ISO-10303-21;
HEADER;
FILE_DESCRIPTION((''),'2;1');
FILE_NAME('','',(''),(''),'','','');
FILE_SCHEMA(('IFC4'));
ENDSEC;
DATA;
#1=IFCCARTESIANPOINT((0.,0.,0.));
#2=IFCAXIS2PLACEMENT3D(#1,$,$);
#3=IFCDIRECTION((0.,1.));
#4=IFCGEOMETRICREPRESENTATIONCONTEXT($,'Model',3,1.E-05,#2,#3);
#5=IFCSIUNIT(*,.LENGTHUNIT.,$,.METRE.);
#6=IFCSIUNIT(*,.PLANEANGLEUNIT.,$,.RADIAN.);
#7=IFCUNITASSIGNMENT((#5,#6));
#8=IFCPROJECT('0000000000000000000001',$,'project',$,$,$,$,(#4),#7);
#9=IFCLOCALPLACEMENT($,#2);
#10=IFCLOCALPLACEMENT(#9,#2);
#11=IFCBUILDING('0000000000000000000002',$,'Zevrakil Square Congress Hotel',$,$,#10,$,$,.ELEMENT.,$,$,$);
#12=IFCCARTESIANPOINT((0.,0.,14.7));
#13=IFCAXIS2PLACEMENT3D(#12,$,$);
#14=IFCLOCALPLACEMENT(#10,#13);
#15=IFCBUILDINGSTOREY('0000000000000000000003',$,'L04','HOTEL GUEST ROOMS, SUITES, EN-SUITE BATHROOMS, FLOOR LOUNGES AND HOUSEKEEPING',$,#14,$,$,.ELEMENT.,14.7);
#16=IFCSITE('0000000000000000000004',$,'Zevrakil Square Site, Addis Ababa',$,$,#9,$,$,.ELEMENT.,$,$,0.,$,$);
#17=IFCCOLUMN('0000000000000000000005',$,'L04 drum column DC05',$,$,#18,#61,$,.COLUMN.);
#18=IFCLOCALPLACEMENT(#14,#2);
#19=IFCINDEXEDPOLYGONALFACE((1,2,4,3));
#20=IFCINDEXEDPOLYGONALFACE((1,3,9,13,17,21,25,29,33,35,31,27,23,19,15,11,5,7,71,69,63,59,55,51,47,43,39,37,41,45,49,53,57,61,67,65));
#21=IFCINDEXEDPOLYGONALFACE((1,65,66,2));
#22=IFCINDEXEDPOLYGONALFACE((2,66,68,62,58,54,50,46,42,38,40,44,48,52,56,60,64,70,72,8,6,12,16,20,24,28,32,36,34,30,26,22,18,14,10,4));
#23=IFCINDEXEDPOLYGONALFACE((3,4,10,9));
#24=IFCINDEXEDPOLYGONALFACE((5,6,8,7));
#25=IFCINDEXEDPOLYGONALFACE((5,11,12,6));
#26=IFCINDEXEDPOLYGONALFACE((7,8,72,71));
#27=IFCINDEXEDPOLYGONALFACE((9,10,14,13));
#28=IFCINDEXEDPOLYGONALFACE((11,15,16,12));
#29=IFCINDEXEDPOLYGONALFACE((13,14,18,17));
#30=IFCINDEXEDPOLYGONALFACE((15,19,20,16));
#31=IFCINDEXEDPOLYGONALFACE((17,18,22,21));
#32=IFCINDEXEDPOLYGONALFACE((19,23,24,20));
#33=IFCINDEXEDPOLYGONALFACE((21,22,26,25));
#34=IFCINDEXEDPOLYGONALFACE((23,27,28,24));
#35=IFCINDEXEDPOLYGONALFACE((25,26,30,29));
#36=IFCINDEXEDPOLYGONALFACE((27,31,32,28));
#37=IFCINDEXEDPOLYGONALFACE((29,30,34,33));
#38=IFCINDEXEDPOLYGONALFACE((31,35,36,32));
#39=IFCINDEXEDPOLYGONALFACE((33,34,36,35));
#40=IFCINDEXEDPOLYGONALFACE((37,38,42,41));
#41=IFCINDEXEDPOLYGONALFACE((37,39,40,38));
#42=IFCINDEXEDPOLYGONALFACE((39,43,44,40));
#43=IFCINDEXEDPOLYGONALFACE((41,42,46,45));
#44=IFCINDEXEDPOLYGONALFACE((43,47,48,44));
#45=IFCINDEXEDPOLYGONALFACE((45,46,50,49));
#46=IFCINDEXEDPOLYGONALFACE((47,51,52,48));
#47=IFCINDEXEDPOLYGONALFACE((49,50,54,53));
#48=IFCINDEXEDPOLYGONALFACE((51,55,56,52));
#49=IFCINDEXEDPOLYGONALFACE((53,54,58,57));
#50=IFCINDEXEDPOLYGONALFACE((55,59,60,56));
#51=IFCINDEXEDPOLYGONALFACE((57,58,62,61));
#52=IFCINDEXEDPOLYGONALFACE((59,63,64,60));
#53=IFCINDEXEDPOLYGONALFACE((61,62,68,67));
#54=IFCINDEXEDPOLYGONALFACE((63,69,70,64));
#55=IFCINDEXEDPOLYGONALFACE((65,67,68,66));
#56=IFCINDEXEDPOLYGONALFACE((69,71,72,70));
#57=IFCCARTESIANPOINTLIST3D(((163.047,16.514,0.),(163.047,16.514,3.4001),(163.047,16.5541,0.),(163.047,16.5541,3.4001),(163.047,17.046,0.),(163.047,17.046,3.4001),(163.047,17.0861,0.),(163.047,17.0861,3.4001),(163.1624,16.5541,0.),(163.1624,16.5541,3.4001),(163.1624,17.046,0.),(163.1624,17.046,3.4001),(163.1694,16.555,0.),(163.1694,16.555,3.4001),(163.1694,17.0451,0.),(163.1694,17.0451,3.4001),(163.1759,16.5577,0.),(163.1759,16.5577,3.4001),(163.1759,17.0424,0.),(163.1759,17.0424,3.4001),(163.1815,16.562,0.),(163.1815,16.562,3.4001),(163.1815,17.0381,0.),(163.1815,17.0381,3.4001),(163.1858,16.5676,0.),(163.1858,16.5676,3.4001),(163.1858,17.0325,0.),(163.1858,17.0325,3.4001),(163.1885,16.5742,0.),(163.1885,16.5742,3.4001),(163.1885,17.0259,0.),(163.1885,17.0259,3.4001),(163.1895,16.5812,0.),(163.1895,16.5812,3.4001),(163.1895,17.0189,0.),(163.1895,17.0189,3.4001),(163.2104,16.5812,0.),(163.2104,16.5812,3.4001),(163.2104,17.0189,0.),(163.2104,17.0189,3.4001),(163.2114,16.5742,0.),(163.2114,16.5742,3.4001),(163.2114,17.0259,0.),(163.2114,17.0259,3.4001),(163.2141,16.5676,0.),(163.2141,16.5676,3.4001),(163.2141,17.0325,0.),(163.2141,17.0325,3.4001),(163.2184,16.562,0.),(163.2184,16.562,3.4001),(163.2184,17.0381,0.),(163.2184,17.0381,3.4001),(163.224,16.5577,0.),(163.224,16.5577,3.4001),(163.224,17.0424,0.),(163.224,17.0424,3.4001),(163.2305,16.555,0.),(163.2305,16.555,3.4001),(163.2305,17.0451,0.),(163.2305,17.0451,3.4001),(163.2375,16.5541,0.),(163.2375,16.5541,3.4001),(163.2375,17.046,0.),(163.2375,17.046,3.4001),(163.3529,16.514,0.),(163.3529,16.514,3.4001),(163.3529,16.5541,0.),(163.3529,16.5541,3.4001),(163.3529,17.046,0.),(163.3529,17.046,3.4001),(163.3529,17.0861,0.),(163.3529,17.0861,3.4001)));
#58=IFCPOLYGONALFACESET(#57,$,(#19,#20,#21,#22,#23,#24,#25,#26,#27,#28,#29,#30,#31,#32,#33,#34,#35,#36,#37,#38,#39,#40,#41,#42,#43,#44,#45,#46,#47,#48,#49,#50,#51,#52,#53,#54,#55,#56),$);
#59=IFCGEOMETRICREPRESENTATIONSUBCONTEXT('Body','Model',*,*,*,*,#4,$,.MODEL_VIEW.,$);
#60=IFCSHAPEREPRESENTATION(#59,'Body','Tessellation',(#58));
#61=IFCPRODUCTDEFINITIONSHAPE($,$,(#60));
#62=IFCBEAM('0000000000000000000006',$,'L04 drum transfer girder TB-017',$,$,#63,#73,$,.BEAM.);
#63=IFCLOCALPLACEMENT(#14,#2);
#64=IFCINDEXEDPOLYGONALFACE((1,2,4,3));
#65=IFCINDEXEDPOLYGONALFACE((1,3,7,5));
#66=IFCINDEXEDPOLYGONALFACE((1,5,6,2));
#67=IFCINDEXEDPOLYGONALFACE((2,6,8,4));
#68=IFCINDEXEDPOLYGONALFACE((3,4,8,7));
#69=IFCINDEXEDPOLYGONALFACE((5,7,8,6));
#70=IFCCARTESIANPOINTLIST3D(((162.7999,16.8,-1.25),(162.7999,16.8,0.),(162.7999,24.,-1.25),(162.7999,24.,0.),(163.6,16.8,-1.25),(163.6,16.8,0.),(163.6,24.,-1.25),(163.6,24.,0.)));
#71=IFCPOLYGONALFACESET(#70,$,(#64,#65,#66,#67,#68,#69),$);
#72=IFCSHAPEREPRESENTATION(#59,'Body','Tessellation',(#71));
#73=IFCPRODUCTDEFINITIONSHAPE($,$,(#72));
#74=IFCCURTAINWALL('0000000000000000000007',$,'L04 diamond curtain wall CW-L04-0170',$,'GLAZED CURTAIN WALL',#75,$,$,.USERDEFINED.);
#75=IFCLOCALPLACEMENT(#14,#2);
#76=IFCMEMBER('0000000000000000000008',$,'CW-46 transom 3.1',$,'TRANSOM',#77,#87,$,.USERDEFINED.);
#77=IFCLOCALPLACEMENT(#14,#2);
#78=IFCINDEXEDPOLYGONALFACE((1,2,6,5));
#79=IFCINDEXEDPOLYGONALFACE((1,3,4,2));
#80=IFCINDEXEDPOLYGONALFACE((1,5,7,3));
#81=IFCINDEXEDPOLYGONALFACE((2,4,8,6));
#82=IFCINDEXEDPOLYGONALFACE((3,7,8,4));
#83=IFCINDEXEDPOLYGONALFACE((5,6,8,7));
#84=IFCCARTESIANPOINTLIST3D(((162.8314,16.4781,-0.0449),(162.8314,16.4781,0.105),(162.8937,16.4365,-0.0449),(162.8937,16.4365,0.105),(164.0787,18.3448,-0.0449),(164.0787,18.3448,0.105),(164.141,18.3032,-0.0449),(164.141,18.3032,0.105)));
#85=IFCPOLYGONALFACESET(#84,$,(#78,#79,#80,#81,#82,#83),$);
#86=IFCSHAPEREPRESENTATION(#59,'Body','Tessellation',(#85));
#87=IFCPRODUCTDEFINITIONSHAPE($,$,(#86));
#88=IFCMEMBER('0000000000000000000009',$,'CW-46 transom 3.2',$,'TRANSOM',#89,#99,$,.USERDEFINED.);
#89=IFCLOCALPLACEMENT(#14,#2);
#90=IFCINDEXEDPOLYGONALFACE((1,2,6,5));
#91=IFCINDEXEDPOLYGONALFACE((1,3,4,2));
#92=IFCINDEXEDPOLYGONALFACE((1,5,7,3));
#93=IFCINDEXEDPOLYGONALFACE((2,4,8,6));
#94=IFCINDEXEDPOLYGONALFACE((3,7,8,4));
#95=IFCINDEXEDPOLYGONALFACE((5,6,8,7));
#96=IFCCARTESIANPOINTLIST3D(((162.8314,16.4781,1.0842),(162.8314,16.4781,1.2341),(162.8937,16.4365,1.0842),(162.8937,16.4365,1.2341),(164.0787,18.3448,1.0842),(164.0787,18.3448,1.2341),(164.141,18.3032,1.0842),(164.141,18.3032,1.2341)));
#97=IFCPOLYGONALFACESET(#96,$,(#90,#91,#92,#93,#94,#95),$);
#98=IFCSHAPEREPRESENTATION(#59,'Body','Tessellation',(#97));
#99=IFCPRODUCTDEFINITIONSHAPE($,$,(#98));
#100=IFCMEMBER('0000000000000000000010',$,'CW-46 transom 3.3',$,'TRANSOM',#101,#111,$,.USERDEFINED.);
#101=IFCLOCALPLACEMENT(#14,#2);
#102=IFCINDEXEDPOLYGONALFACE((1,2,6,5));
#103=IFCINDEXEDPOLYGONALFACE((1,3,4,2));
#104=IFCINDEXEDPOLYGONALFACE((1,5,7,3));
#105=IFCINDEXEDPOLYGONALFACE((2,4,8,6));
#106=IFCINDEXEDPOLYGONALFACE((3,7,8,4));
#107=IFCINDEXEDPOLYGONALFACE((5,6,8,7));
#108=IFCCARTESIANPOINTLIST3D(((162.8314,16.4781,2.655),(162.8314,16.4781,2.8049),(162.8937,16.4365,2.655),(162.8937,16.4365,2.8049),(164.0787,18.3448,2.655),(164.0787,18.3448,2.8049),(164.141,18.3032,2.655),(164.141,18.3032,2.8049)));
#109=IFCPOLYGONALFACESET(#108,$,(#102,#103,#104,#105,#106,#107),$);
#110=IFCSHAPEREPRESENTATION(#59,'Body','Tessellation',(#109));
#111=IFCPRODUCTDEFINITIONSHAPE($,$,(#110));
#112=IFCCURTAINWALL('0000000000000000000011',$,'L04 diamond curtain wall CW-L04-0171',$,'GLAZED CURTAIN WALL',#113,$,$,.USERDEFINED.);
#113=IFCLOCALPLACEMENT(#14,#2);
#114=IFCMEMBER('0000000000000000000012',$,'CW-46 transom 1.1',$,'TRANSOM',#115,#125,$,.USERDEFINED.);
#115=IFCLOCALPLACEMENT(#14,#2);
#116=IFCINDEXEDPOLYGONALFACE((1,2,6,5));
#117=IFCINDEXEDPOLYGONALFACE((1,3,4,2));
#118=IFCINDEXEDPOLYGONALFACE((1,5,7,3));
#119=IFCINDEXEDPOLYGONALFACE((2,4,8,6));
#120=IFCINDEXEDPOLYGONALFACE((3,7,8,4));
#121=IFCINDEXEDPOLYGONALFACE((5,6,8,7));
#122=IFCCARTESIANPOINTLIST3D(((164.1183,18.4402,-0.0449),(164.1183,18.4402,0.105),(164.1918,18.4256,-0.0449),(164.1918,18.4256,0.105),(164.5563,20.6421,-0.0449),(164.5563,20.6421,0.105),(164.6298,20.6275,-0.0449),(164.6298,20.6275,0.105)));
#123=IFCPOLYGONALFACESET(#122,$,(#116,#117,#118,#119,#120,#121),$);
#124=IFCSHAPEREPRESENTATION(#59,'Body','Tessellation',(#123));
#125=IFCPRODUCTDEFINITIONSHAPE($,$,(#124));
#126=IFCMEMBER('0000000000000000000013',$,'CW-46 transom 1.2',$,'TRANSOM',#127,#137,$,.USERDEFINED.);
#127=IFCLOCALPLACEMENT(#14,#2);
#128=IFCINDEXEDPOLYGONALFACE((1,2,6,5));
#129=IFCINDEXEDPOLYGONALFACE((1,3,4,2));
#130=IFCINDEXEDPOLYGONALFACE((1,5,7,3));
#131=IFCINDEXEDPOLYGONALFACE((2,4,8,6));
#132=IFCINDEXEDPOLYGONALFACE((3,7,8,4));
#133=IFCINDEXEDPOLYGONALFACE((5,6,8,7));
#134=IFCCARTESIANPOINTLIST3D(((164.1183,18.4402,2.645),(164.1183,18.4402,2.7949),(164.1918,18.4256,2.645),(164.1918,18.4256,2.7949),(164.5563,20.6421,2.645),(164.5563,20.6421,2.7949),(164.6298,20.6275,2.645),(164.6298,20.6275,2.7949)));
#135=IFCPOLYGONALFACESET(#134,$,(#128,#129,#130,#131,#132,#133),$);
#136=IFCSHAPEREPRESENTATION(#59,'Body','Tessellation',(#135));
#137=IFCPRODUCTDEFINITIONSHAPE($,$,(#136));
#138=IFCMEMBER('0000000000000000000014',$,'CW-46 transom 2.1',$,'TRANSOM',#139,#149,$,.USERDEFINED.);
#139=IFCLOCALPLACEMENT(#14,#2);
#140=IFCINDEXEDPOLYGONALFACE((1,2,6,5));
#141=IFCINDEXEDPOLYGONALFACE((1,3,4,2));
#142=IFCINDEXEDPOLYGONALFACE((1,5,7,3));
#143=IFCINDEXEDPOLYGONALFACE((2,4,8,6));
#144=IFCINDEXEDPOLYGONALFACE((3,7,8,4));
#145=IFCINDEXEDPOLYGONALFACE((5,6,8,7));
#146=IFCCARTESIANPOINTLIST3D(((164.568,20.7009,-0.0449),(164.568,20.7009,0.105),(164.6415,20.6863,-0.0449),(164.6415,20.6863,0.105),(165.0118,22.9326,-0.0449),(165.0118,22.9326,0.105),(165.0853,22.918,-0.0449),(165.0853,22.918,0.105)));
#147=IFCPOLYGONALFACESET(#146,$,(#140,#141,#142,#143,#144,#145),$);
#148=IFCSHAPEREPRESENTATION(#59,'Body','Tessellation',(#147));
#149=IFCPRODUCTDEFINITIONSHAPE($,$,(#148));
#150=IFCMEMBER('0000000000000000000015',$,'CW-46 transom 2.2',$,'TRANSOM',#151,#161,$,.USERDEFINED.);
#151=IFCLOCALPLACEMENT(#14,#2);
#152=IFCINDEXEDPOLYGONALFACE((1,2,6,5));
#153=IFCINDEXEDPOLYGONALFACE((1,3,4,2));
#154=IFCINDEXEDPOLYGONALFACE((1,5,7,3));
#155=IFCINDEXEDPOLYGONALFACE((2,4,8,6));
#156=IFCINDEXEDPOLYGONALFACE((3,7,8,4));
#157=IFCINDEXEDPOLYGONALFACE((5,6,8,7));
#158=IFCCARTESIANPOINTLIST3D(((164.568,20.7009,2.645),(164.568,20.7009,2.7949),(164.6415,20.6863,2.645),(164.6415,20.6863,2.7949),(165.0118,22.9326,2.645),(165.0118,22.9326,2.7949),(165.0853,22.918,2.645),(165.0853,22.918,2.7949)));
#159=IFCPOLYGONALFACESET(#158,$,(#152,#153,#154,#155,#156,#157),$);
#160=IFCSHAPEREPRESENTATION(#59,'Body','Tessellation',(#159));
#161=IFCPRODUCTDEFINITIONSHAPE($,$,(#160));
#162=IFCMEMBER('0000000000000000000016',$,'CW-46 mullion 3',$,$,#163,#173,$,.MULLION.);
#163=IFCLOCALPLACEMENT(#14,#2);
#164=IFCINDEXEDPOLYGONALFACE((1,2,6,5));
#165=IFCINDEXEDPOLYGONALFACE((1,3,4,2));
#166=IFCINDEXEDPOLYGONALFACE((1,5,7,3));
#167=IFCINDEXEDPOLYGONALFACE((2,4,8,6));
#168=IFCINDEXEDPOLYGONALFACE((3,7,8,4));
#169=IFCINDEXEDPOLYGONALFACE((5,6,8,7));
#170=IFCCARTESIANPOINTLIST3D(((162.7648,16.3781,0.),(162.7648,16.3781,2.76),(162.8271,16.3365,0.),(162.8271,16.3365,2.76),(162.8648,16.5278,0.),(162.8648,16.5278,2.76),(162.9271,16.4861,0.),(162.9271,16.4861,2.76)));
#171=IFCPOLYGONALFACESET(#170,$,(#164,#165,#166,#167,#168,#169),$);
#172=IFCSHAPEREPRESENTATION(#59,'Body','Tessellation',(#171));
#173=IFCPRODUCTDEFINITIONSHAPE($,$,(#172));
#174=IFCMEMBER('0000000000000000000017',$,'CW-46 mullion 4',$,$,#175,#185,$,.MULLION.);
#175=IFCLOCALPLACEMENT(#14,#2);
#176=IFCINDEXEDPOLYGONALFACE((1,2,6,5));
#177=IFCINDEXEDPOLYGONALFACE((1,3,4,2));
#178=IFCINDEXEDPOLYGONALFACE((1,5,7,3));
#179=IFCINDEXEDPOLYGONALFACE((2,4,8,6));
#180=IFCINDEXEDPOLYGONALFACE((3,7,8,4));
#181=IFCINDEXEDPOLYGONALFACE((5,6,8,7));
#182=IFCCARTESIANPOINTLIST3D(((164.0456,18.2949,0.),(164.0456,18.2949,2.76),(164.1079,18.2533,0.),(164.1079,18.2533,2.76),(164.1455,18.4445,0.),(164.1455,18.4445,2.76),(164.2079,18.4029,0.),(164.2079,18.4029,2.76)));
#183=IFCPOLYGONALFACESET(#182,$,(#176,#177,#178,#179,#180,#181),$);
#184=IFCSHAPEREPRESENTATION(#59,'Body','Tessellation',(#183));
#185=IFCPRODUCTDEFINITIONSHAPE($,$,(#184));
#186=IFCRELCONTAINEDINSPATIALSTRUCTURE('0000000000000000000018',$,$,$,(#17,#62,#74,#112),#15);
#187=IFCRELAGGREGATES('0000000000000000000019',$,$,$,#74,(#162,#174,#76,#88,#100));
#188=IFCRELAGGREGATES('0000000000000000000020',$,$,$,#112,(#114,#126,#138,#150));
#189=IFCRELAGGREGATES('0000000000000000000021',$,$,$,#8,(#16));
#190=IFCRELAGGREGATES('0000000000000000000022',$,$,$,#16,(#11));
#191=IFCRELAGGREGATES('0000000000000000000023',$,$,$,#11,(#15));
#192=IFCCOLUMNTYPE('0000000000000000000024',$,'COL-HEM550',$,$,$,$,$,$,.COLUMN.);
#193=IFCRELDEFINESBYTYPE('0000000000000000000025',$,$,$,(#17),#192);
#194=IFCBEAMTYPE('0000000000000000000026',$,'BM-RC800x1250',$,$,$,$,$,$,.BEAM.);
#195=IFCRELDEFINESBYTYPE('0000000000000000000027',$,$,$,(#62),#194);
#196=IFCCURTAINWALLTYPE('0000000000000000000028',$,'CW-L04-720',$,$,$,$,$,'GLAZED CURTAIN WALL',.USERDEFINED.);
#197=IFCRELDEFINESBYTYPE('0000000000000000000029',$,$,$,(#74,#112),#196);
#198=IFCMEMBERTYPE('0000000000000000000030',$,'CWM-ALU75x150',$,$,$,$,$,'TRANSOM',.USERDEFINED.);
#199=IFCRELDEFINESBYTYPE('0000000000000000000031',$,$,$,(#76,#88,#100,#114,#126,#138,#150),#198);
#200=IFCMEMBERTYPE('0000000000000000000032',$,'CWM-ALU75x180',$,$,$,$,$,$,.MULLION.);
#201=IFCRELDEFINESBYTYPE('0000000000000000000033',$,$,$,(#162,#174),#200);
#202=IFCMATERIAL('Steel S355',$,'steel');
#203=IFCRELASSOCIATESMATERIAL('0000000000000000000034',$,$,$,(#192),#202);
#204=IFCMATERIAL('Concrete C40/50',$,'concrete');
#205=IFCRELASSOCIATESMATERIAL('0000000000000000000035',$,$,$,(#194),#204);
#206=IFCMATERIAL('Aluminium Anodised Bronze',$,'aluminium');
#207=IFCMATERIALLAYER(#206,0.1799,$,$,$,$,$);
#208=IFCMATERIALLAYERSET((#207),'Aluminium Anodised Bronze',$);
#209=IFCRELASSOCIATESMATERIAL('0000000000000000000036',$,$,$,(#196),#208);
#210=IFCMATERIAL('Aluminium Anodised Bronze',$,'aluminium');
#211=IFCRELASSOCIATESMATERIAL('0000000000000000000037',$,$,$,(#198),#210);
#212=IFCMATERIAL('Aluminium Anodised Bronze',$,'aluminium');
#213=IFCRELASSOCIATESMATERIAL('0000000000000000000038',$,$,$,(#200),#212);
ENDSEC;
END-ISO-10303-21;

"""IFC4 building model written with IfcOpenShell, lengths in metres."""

from ifc_helpers import new_model, si_unit, direction, frame, origin, origin_2d, place, context, subcontext, project, spatial, rectangle, i_section, extrude, material, layer, layer_set, material_profile, profile_set, type_object, element, aggregate, save


model = new_model("IFC4")

# Units and contexts
model_context = context("Model", 3, precision=1e-05, world=origin(), true_north=direction((0.0, 1.0)))
body_context = subcontext(model_context, "Body", "Model", "MODEL_VIEW")
ifc_project = project(units=[si_unit("LENGTHUNIT", "METRE"), si_unit("PLANEANGLEUNIT", "RADIAN")], contexts=[model_context])

# Site, building, storey
site_placement = place(None, origin())
site = spatial("IfcSite", under=ifc_project, at=site_placement, Name="Zevrakil Square Site, Addis Ababa", CompositionType="ELEMENT", RefElevation=0.0)
building_placement = place(site_placement, origin())
building = spatial("IfcBuilding", under=site, at=building_placement, Name="Zevrakil Square Congress Hotel", CompositionType="ELEMENT")
storey_placement = place(building_placement, frame((0.0, 0.0, 14.7)))
storey = spatial("IfcBuildingStorey", under=building, at=storey_placement, Name="L04", Description="HOTEL GUEST ROOMS, SUITES, EN-SUITE BATHROOMS, FLOOR LOUNGES AND HOUSEKEEPING", CompositionType="ELEMENT", Elevation=14.7)

# Column
ifc_material_1 = material(Name="Steel S355", Category="steel")
ifc_material_profile_1 = material_profile(ifc_material_1, i_section(OverallWidth=0.3059, OverallDepth=0.572, WebThickness=0.021, FlangeThickness=0.04, FilletRadius=0.0271, at=origin_2d()), Name="HEM 550")
ifc_profile_set_1 = profile_set([ifc_material_profile_1], Name="Steel S355")
column_type = type_object("IfcColumnType", Name="COL-HEM550", PredefinedType="COLUMN", material=ifc_profile_set_1)
column_placement = place(storey_placement, frame((163.2, 16.8, 0.0), z_axis=(0.0, 0.0, 1.0), x_axis=(1.0, 0.0, 0.0)))
element("IfcColumn", 1, at=column_placement, inside=storey, type_object=column_type, Name="L04 drum column DC05", PredefinedType="COLUMN", context=body_context, shape_type="SweptSolid", body=[
    extrude(i_section(OverallWidth=0.3059, OverallDepth=0.572, WebThickness=0.021, FlangeThickness=0.04, FilletRadius=0.0271, at=origin_2d()), origin(), (0.0, 0.0, 1.0), 3.4001),
])

# Beam
ifc_material_2 = material(Name="Concrete C40/50", Category="concrete")
ifc_material_profile_2 = material_profile(ifc_material_2, rectangle(XDim=0.8, YDim=1.25, at=origin_2d()), Name="RC 800x1250")
ifc_profile_set_2 = profile_set([ifc_material_profile_2], Name="Concrete C40/50")
beam_type = type_object("IfcBeamType", Name="BM-RC800x1250", PredefinedType="BEAM", material=ifc_profile_set_2)
beam_placement = place(storey_placement, frame((163.2, 16.8, -0.625), z_axis=(0.0, 1.0, 0.0), x_axis=(-1.0, 0.0, 0.0)))
element("IfcBeam", 2, at=beam_placement, inside=storey, type_object=beam_type, Name="L04 drum transfer girder TB-017", PredefinedType="BEAM", context=body_context, shape_type="SweptSolid", body=[
    extrude(rectangle(XDim=0.8, YDim=1.25, at=origin_2d()), origin(), (0.0, 0.0, 1.0), 7.2),
])

# Curtain walls, members
ifc_material_3 = material(Name="Aluminium Anodised Bronze", Category="aluminium")
ifc_layer_1 = layer(ifc_material_3, 0.1799)
ifc_layer_set_1 = layer_set([ifc_layer_1], Name="Aluminium Anodised Bronze")
curtain_wall_type = type_object("IfcCurtainWallType", Name="CW-L04-720", ElementType="GLAZED CURTAIN WALL", PredefinedType="USERDEFINED", material=ifc_layer_set_1)
curtain_wall_1_placement = place(storey_placement, origin())
curtain_wall_1 = element("IfcCurtainWall", 3, at=curtain_wall_1_placement, inside=storey, type_object=curtain_wall_type, Name="L04 diamond curtain wall CW-L04-0170", ObjectType="GLAZED CURTAIN WALL", PredefinedType="USERDEFINED")
ifc_material_4 = material(Name="Aluminium Anodised Bronze", Category="aluminium")
ifc_material_profile_3 = material_profile(ifc_material_4, rectangle(XDim=0.075, YDim=0.1499, at=origin_2d()), Name="ALU 75x150")
ifc_profile_set_3 = profile_set([ifc_material_profile_3], Name="Aluminium Anodised Bronze")
member_type_1 = type_object("IfcMemberType", Name="CWM-ALU75x150", ElementType="TRANSOM", PredefinedType="USERDEFINED", material=ifc_profile_set_3)
member_1_placement = place(storey_placement, frame((162.8625, 16.4573, 0.03), z_axis=(0.555578, 0.831464, 0.0), x_axis=(-0.831464, 0.555578, 0.0)))
member_1 = element("IfcMember", 4, at=member_1_placement, type_object=member_type_1, Name="CW-46 transom 3.1", ObjectType="TRANSOM", PredefinedType="USERDEFINED", context=body_context, shape_type="SweptSolid", body=[
    extrude(rectangle(XDim=0.075, YDim=0.1499, at=origin_2d()), origin(), (0.0, 0.0, 1.0), 2.2451),
])
member_2_placement = place(storey_placement, frame((162.8625, 16.4573, 1.1592), z_axis=(0.555578, 0.831464, 0.0), x_axis=(-0.831464, 0.555578, 0.0)))
member_2 = element("IfcMember", 5, at=member_2_placement, type_object=member_type_1, Name="CW-46 transom 3.2", ObjectType="TRANSOM", PredefinedType="USERDEFINED", context=body_context, shape_type="SweptSolid", body=[
    extrude(rectangle(XDim=0.075, YDim=0.1499, at=origin_2d()), origin(), (0.0, 0.0, 1.0), 2.2451),
])
member_3_placement = place(storey_placement, frame((162.8625, 16.4573, 2.73), z_axis=(0.555578, 0.831464, 0.0), x_axis=(-0.831464, 0.555578, 0.0)))
member_3 = element("IfcMember", 6, at=member_3_placement, type_object=member_type_1, Name="CW-46 transom 3.3", ObjectType="TRANSOM", PredefinedType="USERDEFINED", context=body_context, shape_type="SweptSolid", body=[
    extrude(rectangle(XDim=0.075, YDim=0.1499, at=origin_2d()), origin(), (0.0, 0.0, 1.0), 2.2451),
])
curtain_wall_2_placement = place(storey_placement, origin())
curtain_wall_2 = element("IfcCurtainWall", 7, at=curtain_wall_2_placement, inside=storey, type_object=curtain_wall_type, Name="L04 diamond curtain wall CW-L04-0171", ObjectType="GLAZED CURTAIN WALL", PredefinedType="USERDEFINED")
member_4_placement = place(storey_placement, frame((164.155, 18.4329, 0.03), z_axis=(0.195091, 0.980785, 0.0), x_axis=(-0.980785, 0.195091, 0.0)))
member_4 = element("IfcMember", 8, at=member_4_placement, type_object=member_type_1, Name="CW-46 transom 1.1", ObjectType="TRANSOM", PredefinedType="USERDEFINED", context=body_context, shape_type="SweptSolid", body=[
    extrude(rectangle(XDim=0.075, YDim=0.1499, at=origin_2d()), origin(), (0.0, 0.0, 1.0), 2.2451),
])
member_5_placement = place(storey_placement, frame((164.155, 18.4329, 2.72), z_axis=(0.195091, 0.980785, 0.0), x_axis=(-0.980785, 0.195091, 0.0)))
member_5 = element("IfcMember", 9, at=member_5_placement, type_object=member_type_1, Name="CW-46 transom 1.2", ObjectType="TRANSOM", PredefinedType="USERDEFINED", context=body_context, shape_type="SweptSolid", body=[
    extrude(rectangle(XDim=0.075, YDim=0.1499, at=origin_2d()), origin(), (0.0, 0.0, 1.0), 2.2451),
])
member_6_placement = place(storey_placement, frame((164.6047, 20.6936, 0.03), z_axis=(0.195064, 0.980791, 0.0), x_axis=(-0.980791, 0.195064, 0.0)))
member_6 = element("IfcMember", 10, at=member_6_placement, type_object=member_type_1, Name="CW-46 transom 2.1", ObjectType="TRANSOM", PredefinedType="USERDEFINED", context=body_context, shape_type="SweptSolid", body=[
    extrude(rectangle(XDim=0.075, YDim=0.1499, at=origin_2d()), origin(), (0.0, 0.0, 1.0), 2.2754),
])
member_7_placement = place(storey_placement, frame((164.6047, 20.6936, 2.72), z_axis=(0.195064, 0.980791, 0.0), x_axis=(-0.980791, 0.195064, 0.0)))
member_7 = element("IfcMember", 11, at=member_7_placement, type_object=member_type_1, Name="CW-46 transom 2.2", ObjectType="TRANSOM", PredefinedType="USERDEFINED", context=body_context, shape_type="SweptSolid", body=[
    extrude(rectangle(XDim=0.075, YDim=0.1499, at=origin_2d()), origin(), (0.0, 0.0, 1.0), 2.2754),
])

# Members
ifc_material_5 = material(Name="Aluminium Anodised Bronze", Category="aluminium")
ifc_material_profile_4 = material_profile(ifc_material_5, rectangle(XDim=0.075, YDim=0.1799, at=origin_2d()), Name="ALU 75x180")
ifc_profile_set_4 = profile_set([ifc_material_profile_4], Name="Aluminium Anodised Bronze")
member_type_2 = type_object("IfcMemberType", Name="CWM-ALU75x180", PredefinedType="MULLION", material=ifc_profile_set_4)
member_8_placement = place(storey_placement, frame((162.8459, 16.4321, 0.0), z_axis=(0.0, 0.0, 1.0), x_axis=(-0.831466, 0.555576, 0.0)))
member_8 = element("IfcMember", 12, at=member_8_placement, type_object=member_type_2, Name="CW-46 mullion 3", PredefinedType="MULLION", context=body_context, shape_type="SweptSolid", body=[
    extrude(rectangle(XDim=0.075, YDim=0.1799, at=origin_2d()), origin(), (0.0, 0.0, 1.0), 2.76),
])
member_9_placement = place(storey_placement, frame((164.1267, 18.3489, 0.0), z_axis=(0.0, 0.0, 1.0), x_axis=(-0.831466, 0.555576, 0.0)))
member_9 = element("IfcMember", 13, at=member_9_placement, type_object=member_type_2, Name="CW-46 mullion 4", PredefinedType="MULLION", context=body_context, shape_type="SweptSolid", body=[
    extrude(rectangle(XDim=0.075, YDim=0.1799, at=origin_2d()), origin(), (0.0, 0.0, 1.0), 2.76),
])

aggregate(curtain_wall_1, [member_8, member_9, member_1, member_2, member_3])
aggregate(curtain_wall_2, [member_4, member_5, member_6, member_7])

save(model, "model.ifc")
